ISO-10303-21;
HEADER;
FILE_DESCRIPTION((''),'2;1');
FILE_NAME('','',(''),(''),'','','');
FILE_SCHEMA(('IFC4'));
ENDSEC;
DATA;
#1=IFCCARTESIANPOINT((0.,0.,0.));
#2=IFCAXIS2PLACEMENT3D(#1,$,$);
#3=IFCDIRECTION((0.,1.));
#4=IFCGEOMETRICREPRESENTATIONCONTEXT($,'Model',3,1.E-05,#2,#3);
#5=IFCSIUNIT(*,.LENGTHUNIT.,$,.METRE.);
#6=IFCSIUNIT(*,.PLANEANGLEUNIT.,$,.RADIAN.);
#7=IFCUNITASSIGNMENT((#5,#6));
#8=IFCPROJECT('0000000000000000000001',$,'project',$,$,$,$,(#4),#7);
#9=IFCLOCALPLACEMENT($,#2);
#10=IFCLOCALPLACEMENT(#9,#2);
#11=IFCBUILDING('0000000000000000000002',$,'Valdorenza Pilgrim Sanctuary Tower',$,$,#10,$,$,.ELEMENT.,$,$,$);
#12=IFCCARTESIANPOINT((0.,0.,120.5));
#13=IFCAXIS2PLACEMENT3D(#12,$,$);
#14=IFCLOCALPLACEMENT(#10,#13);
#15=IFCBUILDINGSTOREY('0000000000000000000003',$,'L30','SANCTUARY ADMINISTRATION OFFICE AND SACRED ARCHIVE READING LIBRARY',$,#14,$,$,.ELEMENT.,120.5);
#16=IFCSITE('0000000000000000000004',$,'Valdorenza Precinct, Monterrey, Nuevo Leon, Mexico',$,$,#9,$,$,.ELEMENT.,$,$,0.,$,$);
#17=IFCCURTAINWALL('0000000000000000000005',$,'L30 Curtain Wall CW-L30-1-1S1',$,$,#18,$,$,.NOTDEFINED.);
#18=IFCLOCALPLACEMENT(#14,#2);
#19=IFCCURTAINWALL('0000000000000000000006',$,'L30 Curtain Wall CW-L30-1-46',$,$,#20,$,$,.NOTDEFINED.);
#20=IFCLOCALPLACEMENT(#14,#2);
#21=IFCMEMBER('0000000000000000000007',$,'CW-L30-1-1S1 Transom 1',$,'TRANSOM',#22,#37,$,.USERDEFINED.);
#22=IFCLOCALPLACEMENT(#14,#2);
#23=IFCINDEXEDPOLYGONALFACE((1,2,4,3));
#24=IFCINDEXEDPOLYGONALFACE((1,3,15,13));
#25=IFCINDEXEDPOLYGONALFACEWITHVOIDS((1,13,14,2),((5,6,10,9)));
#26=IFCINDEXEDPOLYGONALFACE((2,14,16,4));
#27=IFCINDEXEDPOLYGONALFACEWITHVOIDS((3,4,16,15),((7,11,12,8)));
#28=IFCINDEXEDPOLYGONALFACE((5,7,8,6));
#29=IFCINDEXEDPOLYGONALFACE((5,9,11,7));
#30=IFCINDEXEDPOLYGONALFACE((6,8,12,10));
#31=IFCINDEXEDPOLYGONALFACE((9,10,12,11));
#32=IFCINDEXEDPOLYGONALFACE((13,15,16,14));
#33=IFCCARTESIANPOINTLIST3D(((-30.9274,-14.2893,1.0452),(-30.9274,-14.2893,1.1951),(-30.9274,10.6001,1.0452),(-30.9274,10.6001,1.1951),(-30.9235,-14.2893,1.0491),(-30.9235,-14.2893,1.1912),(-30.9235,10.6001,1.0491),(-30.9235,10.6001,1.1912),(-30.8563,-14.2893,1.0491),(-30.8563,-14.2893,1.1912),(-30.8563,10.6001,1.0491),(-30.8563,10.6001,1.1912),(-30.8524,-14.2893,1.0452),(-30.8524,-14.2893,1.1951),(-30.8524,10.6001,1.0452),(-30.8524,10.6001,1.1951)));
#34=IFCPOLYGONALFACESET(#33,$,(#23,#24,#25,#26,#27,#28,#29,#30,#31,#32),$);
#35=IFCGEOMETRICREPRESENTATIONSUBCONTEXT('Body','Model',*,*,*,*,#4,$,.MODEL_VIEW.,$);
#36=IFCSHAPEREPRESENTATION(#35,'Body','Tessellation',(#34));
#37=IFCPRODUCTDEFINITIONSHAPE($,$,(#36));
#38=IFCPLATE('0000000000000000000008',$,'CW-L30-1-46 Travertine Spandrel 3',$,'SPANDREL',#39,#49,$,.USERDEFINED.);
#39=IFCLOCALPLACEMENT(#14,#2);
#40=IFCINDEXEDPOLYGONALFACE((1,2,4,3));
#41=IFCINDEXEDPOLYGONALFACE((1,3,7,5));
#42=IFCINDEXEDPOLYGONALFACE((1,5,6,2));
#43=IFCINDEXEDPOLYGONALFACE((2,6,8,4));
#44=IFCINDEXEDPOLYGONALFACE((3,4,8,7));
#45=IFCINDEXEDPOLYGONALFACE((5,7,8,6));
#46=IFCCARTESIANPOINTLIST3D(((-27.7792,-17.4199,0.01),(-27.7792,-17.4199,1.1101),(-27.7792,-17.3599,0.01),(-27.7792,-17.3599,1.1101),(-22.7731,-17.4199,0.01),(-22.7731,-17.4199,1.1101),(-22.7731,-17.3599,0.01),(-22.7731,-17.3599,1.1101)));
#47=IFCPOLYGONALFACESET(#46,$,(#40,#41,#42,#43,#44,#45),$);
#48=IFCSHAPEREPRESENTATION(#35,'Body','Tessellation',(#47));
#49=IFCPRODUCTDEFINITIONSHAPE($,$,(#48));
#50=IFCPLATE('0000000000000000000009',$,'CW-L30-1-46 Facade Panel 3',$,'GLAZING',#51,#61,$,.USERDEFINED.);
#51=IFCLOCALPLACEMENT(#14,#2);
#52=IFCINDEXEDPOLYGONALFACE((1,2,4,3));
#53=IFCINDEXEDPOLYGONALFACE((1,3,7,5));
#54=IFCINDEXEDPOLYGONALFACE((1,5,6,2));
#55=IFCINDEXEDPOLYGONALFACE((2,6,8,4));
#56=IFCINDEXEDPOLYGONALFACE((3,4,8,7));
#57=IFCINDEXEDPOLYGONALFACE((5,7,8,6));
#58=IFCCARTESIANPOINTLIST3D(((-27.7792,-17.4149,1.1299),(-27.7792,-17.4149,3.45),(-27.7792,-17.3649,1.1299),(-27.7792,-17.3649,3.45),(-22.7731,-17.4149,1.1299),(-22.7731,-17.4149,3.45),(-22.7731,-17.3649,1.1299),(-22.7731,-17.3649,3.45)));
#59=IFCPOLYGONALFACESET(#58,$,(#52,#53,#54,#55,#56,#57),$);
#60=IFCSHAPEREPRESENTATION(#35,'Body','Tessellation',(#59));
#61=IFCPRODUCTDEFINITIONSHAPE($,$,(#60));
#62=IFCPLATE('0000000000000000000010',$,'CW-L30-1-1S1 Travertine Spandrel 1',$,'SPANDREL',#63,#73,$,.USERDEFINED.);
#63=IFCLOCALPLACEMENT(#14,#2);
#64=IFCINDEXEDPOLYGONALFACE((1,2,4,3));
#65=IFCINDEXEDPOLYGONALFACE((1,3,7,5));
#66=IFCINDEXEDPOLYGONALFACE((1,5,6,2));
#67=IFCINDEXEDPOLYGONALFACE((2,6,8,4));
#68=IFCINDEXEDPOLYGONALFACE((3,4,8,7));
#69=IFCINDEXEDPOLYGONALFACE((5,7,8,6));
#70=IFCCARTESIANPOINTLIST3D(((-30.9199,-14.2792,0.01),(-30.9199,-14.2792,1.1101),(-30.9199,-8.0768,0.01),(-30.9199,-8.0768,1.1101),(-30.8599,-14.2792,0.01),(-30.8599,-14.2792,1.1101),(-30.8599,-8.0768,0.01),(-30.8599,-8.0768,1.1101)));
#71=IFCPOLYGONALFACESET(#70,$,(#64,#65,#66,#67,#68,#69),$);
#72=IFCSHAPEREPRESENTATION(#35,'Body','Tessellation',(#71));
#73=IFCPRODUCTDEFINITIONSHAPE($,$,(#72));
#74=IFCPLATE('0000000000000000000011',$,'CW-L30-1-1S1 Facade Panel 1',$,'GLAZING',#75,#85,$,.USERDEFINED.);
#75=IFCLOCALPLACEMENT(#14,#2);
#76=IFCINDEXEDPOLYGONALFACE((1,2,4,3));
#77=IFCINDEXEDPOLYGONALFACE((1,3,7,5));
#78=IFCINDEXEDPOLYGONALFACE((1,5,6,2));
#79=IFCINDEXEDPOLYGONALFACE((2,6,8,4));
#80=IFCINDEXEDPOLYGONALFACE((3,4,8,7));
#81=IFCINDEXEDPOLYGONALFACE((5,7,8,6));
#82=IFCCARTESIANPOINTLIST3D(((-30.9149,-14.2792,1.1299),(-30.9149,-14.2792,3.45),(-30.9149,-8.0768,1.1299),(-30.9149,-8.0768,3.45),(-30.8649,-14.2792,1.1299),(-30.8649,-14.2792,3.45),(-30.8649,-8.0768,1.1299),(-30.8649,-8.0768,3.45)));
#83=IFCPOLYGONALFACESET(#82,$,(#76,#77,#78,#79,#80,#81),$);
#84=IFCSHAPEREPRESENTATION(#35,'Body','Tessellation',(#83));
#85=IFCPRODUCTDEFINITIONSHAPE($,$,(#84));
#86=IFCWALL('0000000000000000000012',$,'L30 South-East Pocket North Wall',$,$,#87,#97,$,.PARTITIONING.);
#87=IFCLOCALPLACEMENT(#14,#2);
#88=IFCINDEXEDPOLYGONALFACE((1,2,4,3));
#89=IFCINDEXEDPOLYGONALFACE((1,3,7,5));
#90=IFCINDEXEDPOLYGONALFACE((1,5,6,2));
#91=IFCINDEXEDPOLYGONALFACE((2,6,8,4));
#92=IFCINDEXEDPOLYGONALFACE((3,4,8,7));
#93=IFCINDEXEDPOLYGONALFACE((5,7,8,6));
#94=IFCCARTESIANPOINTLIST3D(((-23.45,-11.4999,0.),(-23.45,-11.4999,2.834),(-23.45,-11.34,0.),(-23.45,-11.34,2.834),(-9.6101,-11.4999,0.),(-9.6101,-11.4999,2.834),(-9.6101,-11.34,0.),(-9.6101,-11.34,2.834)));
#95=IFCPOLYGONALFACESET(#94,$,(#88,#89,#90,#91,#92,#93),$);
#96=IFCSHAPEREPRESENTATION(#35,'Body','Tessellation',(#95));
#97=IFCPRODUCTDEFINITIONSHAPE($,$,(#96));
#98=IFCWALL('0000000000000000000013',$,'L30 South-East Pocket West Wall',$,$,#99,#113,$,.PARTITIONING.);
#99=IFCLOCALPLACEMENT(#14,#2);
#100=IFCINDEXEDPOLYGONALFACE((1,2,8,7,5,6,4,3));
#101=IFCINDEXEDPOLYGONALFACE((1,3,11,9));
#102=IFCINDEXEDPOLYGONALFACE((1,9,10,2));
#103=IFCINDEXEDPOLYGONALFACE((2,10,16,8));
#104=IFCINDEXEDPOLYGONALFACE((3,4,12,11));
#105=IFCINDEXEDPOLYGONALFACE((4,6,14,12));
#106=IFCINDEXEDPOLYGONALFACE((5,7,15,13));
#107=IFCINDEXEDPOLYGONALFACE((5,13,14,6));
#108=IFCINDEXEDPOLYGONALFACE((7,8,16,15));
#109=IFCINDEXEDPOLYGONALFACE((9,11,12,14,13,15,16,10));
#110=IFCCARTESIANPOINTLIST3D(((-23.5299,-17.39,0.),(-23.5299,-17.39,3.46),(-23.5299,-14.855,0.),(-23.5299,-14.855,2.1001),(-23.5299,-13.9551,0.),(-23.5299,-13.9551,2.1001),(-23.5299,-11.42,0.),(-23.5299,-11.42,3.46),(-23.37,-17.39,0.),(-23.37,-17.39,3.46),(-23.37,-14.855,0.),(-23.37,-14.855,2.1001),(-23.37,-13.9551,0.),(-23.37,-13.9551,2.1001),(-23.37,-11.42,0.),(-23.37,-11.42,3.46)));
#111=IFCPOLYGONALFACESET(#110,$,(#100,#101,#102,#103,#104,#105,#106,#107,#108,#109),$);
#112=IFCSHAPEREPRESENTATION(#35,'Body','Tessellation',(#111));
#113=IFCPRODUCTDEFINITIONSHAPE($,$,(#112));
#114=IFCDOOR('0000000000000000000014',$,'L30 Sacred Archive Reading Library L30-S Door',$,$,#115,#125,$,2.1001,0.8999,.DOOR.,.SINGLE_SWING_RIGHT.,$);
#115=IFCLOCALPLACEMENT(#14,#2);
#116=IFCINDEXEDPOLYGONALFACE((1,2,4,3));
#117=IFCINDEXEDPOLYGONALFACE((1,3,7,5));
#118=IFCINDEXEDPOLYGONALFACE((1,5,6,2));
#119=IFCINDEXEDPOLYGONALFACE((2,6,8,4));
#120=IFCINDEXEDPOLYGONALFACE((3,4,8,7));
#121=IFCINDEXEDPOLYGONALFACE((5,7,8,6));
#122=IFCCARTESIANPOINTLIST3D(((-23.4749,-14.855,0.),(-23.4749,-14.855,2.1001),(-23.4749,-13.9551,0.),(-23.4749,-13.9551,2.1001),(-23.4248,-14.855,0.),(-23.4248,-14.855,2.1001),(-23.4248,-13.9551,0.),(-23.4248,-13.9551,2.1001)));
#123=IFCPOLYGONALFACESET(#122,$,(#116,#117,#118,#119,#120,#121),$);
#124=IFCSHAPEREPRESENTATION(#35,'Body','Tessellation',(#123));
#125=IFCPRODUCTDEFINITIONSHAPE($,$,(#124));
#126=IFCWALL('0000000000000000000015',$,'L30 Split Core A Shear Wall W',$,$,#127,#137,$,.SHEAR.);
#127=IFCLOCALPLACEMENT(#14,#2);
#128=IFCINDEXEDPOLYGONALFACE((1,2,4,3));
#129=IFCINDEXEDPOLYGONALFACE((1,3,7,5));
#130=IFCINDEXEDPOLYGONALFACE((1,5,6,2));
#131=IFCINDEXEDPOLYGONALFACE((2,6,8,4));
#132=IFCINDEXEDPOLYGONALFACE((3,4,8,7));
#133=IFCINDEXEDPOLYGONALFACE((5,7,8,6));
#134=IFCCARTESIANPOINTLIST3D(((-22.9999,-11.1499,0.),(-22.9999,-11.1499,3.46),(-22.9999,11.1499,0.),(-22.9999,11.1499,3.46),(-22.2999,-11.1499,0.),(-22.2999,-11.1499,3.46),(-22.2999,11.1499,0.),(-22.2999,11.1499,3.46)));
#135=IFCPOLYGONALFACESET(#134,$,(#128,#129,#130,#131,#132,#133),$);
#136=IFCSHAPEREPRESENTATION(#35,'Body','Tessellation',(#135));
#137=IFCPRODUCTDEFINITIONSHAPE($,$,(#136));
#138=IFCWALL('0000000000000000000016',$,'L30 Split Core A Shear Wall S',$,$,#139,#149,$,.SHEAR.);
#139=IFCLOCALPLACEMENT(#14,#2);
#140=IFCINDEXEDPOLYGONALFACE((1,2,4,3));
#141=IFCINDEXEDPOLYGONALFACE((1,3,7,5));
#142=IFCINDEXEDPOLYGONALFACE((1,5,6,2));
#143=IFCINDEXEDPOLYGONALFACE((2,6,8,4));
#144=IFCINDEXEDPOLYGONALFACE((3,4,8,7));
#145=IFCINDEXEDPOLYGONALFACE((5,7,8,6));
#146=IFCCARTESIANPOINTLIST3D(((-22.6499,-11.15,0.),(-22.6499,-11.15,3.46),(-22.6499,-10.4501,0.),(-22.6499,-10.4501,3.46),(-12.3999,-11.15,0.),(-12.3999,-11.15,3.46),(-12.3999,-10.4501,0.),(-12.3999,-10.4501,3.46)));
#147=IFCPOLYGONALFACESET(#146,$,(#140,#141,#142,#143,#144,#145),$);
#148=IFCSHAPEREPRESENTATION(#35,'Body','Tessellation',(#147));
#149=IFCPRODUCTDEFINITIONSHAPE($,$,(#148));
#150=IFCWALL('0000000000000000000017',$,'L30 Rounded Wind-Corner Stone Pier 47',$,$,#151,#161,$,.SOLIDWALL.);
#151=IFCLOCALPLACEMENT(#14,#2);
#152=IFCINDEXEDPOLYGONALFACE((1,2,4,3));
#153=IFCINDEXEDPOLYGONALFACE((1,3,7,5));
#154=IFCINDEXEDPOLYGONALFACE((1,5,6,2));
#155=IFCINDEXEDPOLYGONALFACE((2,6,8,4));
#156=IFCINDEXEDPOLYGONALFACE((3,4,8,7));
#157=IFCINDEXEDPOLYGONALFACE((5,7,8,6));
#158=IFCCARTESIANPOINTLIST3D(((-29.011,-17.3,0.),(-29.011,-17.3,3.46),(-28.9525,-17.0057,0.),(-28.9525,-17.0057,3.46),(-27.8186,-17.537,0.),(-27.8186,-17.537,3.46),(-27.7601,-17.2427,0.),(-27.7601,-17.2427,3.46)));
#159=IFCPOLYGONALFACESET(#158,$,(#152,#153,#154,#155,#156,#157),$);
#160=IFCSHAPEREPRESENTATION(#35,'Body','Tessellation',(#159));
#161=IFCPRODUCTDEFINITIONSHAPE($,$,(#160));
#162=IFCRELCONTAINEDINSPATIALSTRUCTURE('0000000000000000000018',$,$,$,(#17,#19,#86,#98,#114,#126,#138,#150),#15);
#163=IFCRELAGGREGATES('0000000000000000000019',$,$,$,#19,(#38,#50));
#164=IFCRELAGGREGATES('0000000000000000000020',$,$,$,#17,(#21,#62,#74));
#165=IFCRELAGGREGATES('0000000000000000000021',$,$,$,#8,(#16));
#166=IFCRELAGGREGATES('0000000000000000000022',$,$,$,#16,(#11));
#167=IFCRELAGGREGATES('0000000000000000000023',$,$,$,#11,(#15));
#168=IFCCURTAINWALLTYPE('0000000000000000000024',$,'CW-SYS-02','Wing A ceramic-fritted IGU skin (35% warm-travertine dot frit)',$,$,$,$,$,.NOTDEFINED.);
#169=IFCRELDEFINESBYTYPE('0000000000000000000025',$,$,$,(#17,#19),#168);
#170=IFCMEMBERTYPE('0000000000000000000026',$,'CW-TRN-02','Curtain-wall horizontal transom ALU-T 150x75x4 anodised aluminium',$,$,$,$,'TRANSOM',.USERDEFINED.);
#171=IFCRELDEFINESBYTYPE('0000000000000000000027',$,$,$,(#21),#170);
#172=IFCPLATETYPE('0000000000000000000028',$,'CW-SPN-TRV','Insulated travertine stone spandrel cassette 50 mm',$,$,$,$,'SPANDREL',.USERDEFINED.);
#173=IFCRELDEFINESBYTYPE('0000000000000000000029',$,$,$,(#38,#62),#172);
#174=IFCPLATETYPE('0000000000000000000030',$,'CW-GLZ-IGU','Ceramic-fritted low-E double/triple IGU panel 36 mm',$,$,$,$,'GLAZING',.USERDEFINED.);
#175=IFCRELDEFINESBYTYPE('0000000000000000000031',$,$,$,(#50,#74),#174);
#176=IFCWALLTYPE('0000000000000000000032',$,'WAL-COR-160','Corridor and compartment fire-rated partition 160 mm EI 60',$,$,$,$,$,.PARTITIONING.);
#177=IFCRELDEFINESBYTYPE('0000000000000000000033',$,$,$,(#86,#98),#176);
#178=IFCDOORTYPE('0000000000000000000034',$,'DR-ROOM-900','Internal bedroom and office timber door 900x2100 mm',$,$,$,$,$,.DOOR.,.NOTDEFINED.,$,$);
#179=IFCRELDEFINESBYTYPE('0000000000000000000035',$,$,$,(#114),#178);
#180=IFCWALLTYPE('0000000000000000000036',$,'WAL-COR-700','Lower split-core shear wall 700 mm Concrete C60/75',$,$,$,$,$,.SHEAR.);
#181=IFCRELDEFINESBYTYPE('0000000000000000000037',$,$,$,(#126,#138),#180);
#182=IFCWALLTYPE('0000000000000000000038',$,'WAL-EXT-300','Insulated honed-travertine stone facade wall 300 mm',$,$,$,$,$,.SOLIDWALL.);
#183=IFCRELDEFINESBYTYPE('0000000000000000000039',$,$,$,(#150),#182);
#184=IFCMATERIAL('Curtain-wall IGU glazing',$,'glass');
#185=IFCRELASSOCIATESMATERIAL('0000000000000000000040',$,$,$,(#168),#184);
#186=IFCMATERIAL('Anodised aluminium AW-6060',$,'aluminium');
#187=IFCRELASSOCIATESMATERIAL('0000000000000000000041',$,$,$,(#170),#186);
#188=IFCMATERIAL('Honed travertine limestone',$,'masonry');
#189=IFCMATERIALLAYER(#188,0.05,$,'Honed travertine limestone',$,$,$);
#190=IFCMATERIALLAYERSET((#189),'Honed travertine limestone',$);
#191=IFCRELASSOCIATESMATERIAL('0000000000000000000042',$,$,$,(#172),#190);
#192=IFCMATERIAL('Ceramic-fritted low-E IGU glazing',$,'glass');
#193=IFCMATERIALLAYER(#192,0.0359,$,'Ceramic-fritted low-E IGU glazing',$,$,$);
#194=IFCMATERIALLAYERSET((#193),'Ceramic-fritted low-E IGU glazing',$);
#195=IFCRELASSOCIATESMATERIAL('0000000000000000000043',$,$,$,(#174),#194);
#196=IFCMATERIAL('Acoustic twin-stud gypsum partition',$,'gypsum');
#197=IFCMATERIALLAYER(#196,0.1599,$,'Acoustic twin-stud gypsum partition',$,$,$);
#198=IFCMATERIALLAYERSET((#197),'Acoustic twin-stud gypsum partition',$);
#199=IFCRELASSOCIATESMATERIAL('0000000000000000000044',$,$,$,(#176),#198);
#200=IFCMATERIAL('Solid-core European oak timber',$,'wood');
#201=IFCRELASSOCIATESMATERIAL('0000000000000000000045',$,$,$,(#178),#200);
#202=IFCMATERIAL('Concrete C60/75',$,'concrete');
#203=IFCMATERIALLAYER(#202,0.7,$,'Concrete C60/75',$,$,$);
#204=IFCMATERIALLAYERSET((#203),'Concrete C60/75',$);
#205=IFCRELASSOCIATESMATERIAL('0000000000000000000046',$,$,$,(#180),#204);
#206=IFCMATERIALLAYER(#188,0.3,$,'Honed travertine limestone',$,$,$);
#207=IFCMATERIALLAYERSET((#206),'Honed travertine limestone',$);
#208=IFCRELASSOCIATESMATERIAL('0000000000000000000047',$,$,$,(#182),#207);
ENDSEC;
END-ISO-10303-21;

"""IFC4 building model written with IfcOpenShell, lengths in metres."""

from ifc_helpers import new_model, si_unit, direction, frame, frame_2d, origin, origin_2d, place, context, subcontext, project, spatial, rectangle, hollow_rectangle, extrude, source, transform, mapped, material, layer, layer_set, material_profile, profile_set, type_object, element, fill, aggregate, save


model = new_model("IFC4")

# Units and contexts
model_context = context("Model", 3, precision=1e-05, world=origin(), true_north=direction((0.0, 1.0)))
body_context = subcontext(model_context, "Body", "Model", "MODEL_VIEW")
ifc_project = project(units=[si_unit("LENGTHUNIT", "METRE"), si_unit("PLANEANGLEUNIT", "RADIAN")], contexts=[model_context])

# Site, building, storey
site_placement = place(None, origin())
site = spatial("IfcSite", under=ifc_project, at=site_placement, Name="Valdorenza Precinct, Monterrey, Nuevo Leon, Mexico", CompositionType="ELEMENT", RefElevation=0.0)
building_placement = place(site_placement, origin())
building = spatial("IfcBuilding", under=site, at=building_placement, Name="Valdorenza Pilgrim Sanctuary Tower", CompositionType="ELEMENT")
storey_placement = place(building_placement, frame((0.0, 0.0, 120.5)))
storey = spatial("IfcBuildingStorey", under=building, at=storey_placement, Name="L30", Description="SANCTUARY ADMINISTRATION OFFICE AND SACRED ARCHIVE READING LIBRARY", CompositionType="ELEMENT", Elevation=120.5)

# Shared definitions
ifc_material_1 = material(Name="Concrete C60/75", Category="concrete")

# Curtain wall
ifc_material_2 = material(Name="Curtain-wall IGU glazing", Category="glass")
curtain_wall_type = type_object("IfcCurtainWallType", Name="CW-SYS-02", Description="Wing A ceramic-fritted IGU skin (35% warm-travertine dot frit)", PredefinedType="NOTDEFINED", material=ifc_material_2)
curtain_wall_1_placement = place(storey_placement, origin())
curtain_wall_1 = element("IfcCurtainWall", 1, at=curtain_wall_1_placement, inside=storey, type_object=curtain_wall_type, Name="L30 Curtain Wall CW-L30-1-1S1", PredefinedType="NOTDEFINED")
ifc_material_3 = material(Name="Anodised aluminium AW-6060", Category="aluminium")

# Curtain wall
curtain_wall_2_placement = place(storey_placement, origin())
curtain_wall_2 = element("IfcCurtainWall", 2, at=curtain_wall_2_placement, inside=storey, type_object=curtain_wall_type, Name="L30 Curtain Wall CW-L30-1-46", PredefinedType="NOTDEFINED")

# Member
ifc_material_profile_1 = material_profile(ifc_material_3, hollow_rectangle(XDim=0.075, YDim=0.1499, WallThickness=0.0039, at=origin_2d()), Name="ALU-T 150x75x4")
ifc_profile_set_1 = profile_set([ifc_material_profile_1], Name="Anodised aluminium AW-6060")
member_type_1 = type_object("IfcMemberType", Name="CW-TRN-02", Description="Curtain-wall horizontal transom ALU-T 150x75x4 anodised aluminium", ElementType="TRANSOM", PredefinedType="USERDEFINED", material=ifc_profile_set_1)
shared_shape_1 = source(origin(), body_context, "Body", "SweptSolid", [
    extrude(hollow_rectangle(XDim=0.075, YDim=0.1499, WallThickness=0.0039, at=origin_2d()), origin(), (0.0, 0.0, 1.0), 24.8894),
])
member_1_placement = place(storey_placement, frame((-30.8899, -14.2893, 1.1201), z_axis=(0.0, 1.0, 0.0), x_axis=(-1.0, 0.0, 0.0)))
member_1 = element("IfcMember", 3, at=member_1_placement, type_object=member_type_1, Name="CW-L30-1-1S1 Transom 1", ObjectType="TRANSOM", PredefinedType="USERDEFINED", context=body_context, shape_type="MappedRepresentation", body=[
    mapped(shared_shape_1, transform((0.0, 0.0, 0.0), x_axis=(1.0, 0.0, 0.0), y_axis=(0.0, 1.0, 0.0), z_axis=(0.0, 0.0, 1.0), scale=1.0)),
])

# Plates
ifc_material_4 = material(Name="Honed travertine limestone", Category="masonry")
ifc_layer_1 = layer(ifc_material_4, 0.05, Name="Honed travertine limestone")
ifc_layer_set_1 = layer_set([ifc_layer_1], Name="Honed travertine limestone")
plate_type_1 = type_object("IfcPlateType", Name="CW-SPN-TRV", Description="Insulated travertine stone spandrel cassette 50 mm", ElementType="SPANDREL", PredefinedType="USERDEFINED", material=ifc_layer_set_1)
shared_shape_2 = source(origin(), body_context, "Body", "SweptSolid", [
    extrude(rectangle(XDim=5.0061, YDim=0.0601, at=origin_2d()), origin(), (0.0, 0.0, 1.0), 1.1001),
])
plate_1_placement = place(storey_placement, frame((-25.2761, -17.3899, 0.01), z_axis=(0.0, 0.0, 1.0), x_axis=(-1.0, 0.0, 0.0)))
plate_1 = element("IfcPlate", 4, at=plate_1_placement, type_object=plate_type_1, Name="CW-L30-1-46 Travertine Spandrel 3", ObjectType="SPANDREL", PredefinedType="USERDEFINED", context=body_context, shape_type="MappedRepresentation", body=[
    mapped(shared_shape_2, transform((0.0, 0.0, 0.0), x_axis=(1.0, 0.0, 0.0), y_axis=(0.0, 1.0, 0.0), z_axis=(0.0, 0.0, 1.0), scale=1.0)),
])
ifc_material_5 = material(Name="Ceramic-fritted low-E IGU glazing", Category="glass")
ifc_layer_2 = layer(ifc_material_5, 0.0359, Name="Ceramic-fritted low-E IGU glazing")
ifc_layer_set_2 = layer_set([ifc_layer_2], Name="Ceramic-fritted low-E IGU glazing")
plate_type_2 = type_object("IfcPlateType", Name="CW-GLZ-IGU", Description="Ceramic-fritted low-E double/triple IGU panel 36 mm", ElementType="GLAZING", PredefinedType="USERDEFINED", material=ifc_layer_set_2)
shared_shape_3 = source(origin(), body_context, "Body", "SweptSolid", [
    extrude(rectangle(XDim=5.0061, YDim=0.05, at=origin_2d()), origin(), (0.0, 0.0, 1.0), 2.3201),
])
plate_2_placement = place(storey_placement, frame((-25.2761, -17.3899, 1.1299), z_axis=(0.0, 0.0, 1.0), x_axis=(-1.0, 0.0, 0.0)))
plate_2 = element("IfcPlate", 5, at=plate_2_placement, type_object=plate_type_2, Name="CW-L30-1-46 Facade Panel 3", ObjectType="GLAZING", PredefinedType="USERDEFINED", context=body_context, shape_type="MappedRepresentation", body=[
    mapped(shared_shape_3, transform((0.0, 0.0, 0.0), x_axis=(1.0, 0.0, 0.0), y_axis=(0.0, 1.0, 0.0), z_axis=(0.0, 0.0, 1.0), scale=1.0)),
])
aggregate(curtain_wall_2, [plate_1, plate_2])
shared_shape_4 = source(origin(), body_context, "Body", "SweptSolid", [
    extrude(rectangle(XDim=6.2024, YDim=0.0601, at=origin_2d()), origin(), (0.0, 0.0, 1.0), 1.1001),
])
plate_3_placement = place(storey_placement, frame((-30.8899, -11.178, 0.01), z_axis=(0.0, 0.0, 1.0), x_axis=(0.0, 1.0, 0.0)))
plate_3 = element("IfcPlate", 6, at=plate_3_placement, type_object=plate_type_1, Name="CW-L30-1-1S1 Travertine Spandrel 1", ObjectType="SPANDREL", PredefinedType="USERDEFINED", context=body_context, shape_type="MappedRepresentation", body=[
    mapped(shared_shape_4, transform((0.0, 0.0, 0.0), x_axis=(1.0, 0.0, 0.0), y_axis=(0.0, 1.0, 0.0), z_axis=(0.0, 0.0, 1.0), scale=1.0)),
])
shared_shape_5 = source(origin(), body_context, "Body", "SweptSolid", [
    extrude(rectangle(XDim=6.2024, YDim=0.05, at=origin_2d()), origin(), (0.0, 0.0, 1.0), 2.3201),
])
plate_4_placement = place(storey_placement, frame((-30.8899, -11.178, 1.1299), z_axis=(0.0, 0.0, 1.0), x_axis=(0.0, 1.0, 0.0)))
plate_4 = element("IfcPlate", 7, at=plate_4_placement, type_object=plate_type_2, Name="CW-L30-1-1S1 Facade Panel 1", ObjectType="GLAZING", PredefinedType="USERDEFINED", context=body_context, shape_type="MappedRepresentation", body=[
    mapped(shared_shape_5, transform((0.0, 0.0, 0.0), x_axis=(1.0, 0.0, 0.0), y_axis=(0.0, 1.0, 0.0), z_axis=(0.0, 0.0, 1.0), scale=1.0)),
])
aggregate(curtain_wall_1, [member_1, plate_3, plate_4])

# Wall
ifc_material_6 = material(Name="Acoustic twin-stud gypsum partition", Category="gypsum")
ifc_layer_3 = layer(ifc_material_6, 0.1599, Name="Acoustic twin-stud gypsum partition")
ifc_layer_set_3 = layer_set([ifc_layer_3], Name="Acoustic twin-stud gypsum partition")
wall_type_1 = type_object("IfcWallType", Name="WAL-COR-160", Description="Corridor and compartment fire-rated partition 160 mm EI 60", PredefinedType="PARTITIONING", material=ifc_layer_set_3)
wall_1_placement = place(storey_placement, frame((-23.45, -11.4199, 0.0), z_axis=(0.0, 0.0, 1.0), x_axis=(1.0, 0.0, 0.0)))
element("IfcWall", 8, at=wall_1_placement, inside=storey, type_object=wall_type_1, Name="L30 South-East Pocket North Wall", PredefinedType="PARTITIONING", context=body_context, shape_type="SweptSolid", body=[
    extrude(rectangle(XDim=13.8398, YDim=0.1599, at=frame_2d((6.9199, 0.0))), origin(), (0.0, 0.0, 1.0), 2.834),
])

# Wall, opening, door
wall_2_placement = place(storey_placement, frame((-23.45, -17.3899, 0.0), z_axis=(0.0, 0.0, 1.0), x_axis=(0.0, 1.0, 0.0)))
wall_2 = element("IfcWall", 9, at=wall_2_placement, inside=storey, type_object=wall_type_1, Name="L30 South-East Pocket West Wall", PredefinedType="PARTITIONING", context=body_context, shape_type="SweptSolid", body=[
    extrude(rectangle(XDim=5.97, YDim=0.1599, at=frame_2d((2.9849, 0.0))), origin(), (0.0, 0.0, 1.0), 3.46),
])
opening_placement = place(wall_2_placement, frame((2.5349, 0.0, 0.0)))
opening = element("IfcOpeningElement", 10, at=opening_placement, cuts=wall_2, PredefinedType="OPENING", context=body_context, shape_type="SweptSolid", body=[
    extrude(rectangle(XDim=0.8999, YDim=2.1001, at=frame_2d((0.45, 1.05))), frame((0.0, 0.0947, 0.0), z_axis=(0.0, -1.0, 0.0), x_axis=(1.0, 0.0, 0.0)), (0.0, 0.0, 1.0), 0.1897),
])
ifc_material_7 = material(Name="Solid-core European oak timber", Category="wood")
door_type = type_object("IfcDoorType", Name="DR-ROOM-900", Description="Internal bedroom and office timber door 900x2100 mm", OperationType="NOTDEFINED", PredefinedType="DOOR", material=ifc_material_7)
door_placement = place(opening_placement, origin())
door = element("IfcDoor", 11, at=door_placement, inside=storey, type_object=door_type, Name="L30 Sacred Archive Reading Library L30-S Door", OperationType="SINGLE_SWING_RIGHT", OverallHeight=2.1001, OverallWidth=0.8999, PredefinedType="DOOR", context=body_context, shape_type="SweptSolid", body=[
    extrude(rectangle(XDim=0.8999, YDim=2.1001, at=frame_2d((0.45, 1.05))), frame((0.0, 0.0249, 0.0), z_axis=(0.0, -1.0, 0.0), x_axis=(1.0, 0.0, 0.0)), (0.0, 0.0, 1.0), 0.05),
])
fill(opening, door)

# Walls
ifc_layer_4 = layer(ifc_material_1, 0.7, Name="Concrete C60/75")
ifc_layer_set_4 = layer_set([ifc_layer_4], Name="Concrete C60/75")
wall_type_2 = type_object("IfcWallType", Name="WAL-COR-700", Description="Lower split-core shear wall 700 mm Concrete C60/75", PredefinedType="SHEAR", material=ifc_layer_set_4)
wall_3_placement = place(storey_placement, frame((-22.6499, -11.1499, 0.0), z_axis=(0.0, 0.0, 1.0), x_axis=(0.0, 1.0, 0.0)))
element("IfcWall", 12, at=wall_3_placement, inside=storey, type_object=wall_type_2, Name="L30 Split Core A Shear Wall W", PredefinedType="SHEAR", context=body_context, shape_type="SweptSolid", body=[
    extrude(rectangle(XDim=22.2998, YDim=0.7, at=frame_2d((11.1499, 0.0))), origin(), (0.0, 0.0, 1.0), 3.46),
])
wall_4_placement = place(storey_placement, frame((-22.6499, -10.8, 0.0), z_axis=(0.0, 0.0, 1.0), x_axis=(1.0, 0.0, 0.0)))
element("IfcWall", 13, at=wall_4_placement, inside=storey, type_object=wall_type_2, Name="L30 Split Core A Shear Wall S", PredefinedType="SHEAR", context=body_context, shape_type="SweptSolid", body=[
    extrude(rectangle(XDim=10.25, YDim=0.7, at=frame_2d((5.125, 0.0))), origin(), (0.0, 0.0, 1.0), 3.46),
])
ifc_layer_5 = layer(ifc_material_4, 0.3, Name="Honed travertine limestone")
ifc_layer_set_5 = layer_set([ifc_layer_5], Name="Honed travertine limestone")
wall_type_3 = type_object("IfcWallType", Name="WAL-EXT-300", Description="Insulated honed-travertine stone facade wall 300 mm", PredefinedType="SOLIDWALL", material=ifc_layer_set_5)
wall_5_placement = place(storey_placement, frame((-27.7893, -17.3899, 0.0), z_axis=(0.0, 0.0, 1.0), x_axis=(-0.980804, 0.194996, 0.0)))
element("IfcWall", 14, at=wall_5_placement, inside=storey, type_object=wall_type_3, Name="L30 Rounded Wind-Corner Stone Pier 47", PredefinedType="SOLIDWALL", context=body_context, shape_type="SweptSolid", body=[
    extrude(rectangle(XDim=1.2158, YDim=0.3, at=frame_2d((0.6079, 0.0))), origin(), (0.0, 0.0, 1.0), 3.46),
])

save(model, "model.ifc")
